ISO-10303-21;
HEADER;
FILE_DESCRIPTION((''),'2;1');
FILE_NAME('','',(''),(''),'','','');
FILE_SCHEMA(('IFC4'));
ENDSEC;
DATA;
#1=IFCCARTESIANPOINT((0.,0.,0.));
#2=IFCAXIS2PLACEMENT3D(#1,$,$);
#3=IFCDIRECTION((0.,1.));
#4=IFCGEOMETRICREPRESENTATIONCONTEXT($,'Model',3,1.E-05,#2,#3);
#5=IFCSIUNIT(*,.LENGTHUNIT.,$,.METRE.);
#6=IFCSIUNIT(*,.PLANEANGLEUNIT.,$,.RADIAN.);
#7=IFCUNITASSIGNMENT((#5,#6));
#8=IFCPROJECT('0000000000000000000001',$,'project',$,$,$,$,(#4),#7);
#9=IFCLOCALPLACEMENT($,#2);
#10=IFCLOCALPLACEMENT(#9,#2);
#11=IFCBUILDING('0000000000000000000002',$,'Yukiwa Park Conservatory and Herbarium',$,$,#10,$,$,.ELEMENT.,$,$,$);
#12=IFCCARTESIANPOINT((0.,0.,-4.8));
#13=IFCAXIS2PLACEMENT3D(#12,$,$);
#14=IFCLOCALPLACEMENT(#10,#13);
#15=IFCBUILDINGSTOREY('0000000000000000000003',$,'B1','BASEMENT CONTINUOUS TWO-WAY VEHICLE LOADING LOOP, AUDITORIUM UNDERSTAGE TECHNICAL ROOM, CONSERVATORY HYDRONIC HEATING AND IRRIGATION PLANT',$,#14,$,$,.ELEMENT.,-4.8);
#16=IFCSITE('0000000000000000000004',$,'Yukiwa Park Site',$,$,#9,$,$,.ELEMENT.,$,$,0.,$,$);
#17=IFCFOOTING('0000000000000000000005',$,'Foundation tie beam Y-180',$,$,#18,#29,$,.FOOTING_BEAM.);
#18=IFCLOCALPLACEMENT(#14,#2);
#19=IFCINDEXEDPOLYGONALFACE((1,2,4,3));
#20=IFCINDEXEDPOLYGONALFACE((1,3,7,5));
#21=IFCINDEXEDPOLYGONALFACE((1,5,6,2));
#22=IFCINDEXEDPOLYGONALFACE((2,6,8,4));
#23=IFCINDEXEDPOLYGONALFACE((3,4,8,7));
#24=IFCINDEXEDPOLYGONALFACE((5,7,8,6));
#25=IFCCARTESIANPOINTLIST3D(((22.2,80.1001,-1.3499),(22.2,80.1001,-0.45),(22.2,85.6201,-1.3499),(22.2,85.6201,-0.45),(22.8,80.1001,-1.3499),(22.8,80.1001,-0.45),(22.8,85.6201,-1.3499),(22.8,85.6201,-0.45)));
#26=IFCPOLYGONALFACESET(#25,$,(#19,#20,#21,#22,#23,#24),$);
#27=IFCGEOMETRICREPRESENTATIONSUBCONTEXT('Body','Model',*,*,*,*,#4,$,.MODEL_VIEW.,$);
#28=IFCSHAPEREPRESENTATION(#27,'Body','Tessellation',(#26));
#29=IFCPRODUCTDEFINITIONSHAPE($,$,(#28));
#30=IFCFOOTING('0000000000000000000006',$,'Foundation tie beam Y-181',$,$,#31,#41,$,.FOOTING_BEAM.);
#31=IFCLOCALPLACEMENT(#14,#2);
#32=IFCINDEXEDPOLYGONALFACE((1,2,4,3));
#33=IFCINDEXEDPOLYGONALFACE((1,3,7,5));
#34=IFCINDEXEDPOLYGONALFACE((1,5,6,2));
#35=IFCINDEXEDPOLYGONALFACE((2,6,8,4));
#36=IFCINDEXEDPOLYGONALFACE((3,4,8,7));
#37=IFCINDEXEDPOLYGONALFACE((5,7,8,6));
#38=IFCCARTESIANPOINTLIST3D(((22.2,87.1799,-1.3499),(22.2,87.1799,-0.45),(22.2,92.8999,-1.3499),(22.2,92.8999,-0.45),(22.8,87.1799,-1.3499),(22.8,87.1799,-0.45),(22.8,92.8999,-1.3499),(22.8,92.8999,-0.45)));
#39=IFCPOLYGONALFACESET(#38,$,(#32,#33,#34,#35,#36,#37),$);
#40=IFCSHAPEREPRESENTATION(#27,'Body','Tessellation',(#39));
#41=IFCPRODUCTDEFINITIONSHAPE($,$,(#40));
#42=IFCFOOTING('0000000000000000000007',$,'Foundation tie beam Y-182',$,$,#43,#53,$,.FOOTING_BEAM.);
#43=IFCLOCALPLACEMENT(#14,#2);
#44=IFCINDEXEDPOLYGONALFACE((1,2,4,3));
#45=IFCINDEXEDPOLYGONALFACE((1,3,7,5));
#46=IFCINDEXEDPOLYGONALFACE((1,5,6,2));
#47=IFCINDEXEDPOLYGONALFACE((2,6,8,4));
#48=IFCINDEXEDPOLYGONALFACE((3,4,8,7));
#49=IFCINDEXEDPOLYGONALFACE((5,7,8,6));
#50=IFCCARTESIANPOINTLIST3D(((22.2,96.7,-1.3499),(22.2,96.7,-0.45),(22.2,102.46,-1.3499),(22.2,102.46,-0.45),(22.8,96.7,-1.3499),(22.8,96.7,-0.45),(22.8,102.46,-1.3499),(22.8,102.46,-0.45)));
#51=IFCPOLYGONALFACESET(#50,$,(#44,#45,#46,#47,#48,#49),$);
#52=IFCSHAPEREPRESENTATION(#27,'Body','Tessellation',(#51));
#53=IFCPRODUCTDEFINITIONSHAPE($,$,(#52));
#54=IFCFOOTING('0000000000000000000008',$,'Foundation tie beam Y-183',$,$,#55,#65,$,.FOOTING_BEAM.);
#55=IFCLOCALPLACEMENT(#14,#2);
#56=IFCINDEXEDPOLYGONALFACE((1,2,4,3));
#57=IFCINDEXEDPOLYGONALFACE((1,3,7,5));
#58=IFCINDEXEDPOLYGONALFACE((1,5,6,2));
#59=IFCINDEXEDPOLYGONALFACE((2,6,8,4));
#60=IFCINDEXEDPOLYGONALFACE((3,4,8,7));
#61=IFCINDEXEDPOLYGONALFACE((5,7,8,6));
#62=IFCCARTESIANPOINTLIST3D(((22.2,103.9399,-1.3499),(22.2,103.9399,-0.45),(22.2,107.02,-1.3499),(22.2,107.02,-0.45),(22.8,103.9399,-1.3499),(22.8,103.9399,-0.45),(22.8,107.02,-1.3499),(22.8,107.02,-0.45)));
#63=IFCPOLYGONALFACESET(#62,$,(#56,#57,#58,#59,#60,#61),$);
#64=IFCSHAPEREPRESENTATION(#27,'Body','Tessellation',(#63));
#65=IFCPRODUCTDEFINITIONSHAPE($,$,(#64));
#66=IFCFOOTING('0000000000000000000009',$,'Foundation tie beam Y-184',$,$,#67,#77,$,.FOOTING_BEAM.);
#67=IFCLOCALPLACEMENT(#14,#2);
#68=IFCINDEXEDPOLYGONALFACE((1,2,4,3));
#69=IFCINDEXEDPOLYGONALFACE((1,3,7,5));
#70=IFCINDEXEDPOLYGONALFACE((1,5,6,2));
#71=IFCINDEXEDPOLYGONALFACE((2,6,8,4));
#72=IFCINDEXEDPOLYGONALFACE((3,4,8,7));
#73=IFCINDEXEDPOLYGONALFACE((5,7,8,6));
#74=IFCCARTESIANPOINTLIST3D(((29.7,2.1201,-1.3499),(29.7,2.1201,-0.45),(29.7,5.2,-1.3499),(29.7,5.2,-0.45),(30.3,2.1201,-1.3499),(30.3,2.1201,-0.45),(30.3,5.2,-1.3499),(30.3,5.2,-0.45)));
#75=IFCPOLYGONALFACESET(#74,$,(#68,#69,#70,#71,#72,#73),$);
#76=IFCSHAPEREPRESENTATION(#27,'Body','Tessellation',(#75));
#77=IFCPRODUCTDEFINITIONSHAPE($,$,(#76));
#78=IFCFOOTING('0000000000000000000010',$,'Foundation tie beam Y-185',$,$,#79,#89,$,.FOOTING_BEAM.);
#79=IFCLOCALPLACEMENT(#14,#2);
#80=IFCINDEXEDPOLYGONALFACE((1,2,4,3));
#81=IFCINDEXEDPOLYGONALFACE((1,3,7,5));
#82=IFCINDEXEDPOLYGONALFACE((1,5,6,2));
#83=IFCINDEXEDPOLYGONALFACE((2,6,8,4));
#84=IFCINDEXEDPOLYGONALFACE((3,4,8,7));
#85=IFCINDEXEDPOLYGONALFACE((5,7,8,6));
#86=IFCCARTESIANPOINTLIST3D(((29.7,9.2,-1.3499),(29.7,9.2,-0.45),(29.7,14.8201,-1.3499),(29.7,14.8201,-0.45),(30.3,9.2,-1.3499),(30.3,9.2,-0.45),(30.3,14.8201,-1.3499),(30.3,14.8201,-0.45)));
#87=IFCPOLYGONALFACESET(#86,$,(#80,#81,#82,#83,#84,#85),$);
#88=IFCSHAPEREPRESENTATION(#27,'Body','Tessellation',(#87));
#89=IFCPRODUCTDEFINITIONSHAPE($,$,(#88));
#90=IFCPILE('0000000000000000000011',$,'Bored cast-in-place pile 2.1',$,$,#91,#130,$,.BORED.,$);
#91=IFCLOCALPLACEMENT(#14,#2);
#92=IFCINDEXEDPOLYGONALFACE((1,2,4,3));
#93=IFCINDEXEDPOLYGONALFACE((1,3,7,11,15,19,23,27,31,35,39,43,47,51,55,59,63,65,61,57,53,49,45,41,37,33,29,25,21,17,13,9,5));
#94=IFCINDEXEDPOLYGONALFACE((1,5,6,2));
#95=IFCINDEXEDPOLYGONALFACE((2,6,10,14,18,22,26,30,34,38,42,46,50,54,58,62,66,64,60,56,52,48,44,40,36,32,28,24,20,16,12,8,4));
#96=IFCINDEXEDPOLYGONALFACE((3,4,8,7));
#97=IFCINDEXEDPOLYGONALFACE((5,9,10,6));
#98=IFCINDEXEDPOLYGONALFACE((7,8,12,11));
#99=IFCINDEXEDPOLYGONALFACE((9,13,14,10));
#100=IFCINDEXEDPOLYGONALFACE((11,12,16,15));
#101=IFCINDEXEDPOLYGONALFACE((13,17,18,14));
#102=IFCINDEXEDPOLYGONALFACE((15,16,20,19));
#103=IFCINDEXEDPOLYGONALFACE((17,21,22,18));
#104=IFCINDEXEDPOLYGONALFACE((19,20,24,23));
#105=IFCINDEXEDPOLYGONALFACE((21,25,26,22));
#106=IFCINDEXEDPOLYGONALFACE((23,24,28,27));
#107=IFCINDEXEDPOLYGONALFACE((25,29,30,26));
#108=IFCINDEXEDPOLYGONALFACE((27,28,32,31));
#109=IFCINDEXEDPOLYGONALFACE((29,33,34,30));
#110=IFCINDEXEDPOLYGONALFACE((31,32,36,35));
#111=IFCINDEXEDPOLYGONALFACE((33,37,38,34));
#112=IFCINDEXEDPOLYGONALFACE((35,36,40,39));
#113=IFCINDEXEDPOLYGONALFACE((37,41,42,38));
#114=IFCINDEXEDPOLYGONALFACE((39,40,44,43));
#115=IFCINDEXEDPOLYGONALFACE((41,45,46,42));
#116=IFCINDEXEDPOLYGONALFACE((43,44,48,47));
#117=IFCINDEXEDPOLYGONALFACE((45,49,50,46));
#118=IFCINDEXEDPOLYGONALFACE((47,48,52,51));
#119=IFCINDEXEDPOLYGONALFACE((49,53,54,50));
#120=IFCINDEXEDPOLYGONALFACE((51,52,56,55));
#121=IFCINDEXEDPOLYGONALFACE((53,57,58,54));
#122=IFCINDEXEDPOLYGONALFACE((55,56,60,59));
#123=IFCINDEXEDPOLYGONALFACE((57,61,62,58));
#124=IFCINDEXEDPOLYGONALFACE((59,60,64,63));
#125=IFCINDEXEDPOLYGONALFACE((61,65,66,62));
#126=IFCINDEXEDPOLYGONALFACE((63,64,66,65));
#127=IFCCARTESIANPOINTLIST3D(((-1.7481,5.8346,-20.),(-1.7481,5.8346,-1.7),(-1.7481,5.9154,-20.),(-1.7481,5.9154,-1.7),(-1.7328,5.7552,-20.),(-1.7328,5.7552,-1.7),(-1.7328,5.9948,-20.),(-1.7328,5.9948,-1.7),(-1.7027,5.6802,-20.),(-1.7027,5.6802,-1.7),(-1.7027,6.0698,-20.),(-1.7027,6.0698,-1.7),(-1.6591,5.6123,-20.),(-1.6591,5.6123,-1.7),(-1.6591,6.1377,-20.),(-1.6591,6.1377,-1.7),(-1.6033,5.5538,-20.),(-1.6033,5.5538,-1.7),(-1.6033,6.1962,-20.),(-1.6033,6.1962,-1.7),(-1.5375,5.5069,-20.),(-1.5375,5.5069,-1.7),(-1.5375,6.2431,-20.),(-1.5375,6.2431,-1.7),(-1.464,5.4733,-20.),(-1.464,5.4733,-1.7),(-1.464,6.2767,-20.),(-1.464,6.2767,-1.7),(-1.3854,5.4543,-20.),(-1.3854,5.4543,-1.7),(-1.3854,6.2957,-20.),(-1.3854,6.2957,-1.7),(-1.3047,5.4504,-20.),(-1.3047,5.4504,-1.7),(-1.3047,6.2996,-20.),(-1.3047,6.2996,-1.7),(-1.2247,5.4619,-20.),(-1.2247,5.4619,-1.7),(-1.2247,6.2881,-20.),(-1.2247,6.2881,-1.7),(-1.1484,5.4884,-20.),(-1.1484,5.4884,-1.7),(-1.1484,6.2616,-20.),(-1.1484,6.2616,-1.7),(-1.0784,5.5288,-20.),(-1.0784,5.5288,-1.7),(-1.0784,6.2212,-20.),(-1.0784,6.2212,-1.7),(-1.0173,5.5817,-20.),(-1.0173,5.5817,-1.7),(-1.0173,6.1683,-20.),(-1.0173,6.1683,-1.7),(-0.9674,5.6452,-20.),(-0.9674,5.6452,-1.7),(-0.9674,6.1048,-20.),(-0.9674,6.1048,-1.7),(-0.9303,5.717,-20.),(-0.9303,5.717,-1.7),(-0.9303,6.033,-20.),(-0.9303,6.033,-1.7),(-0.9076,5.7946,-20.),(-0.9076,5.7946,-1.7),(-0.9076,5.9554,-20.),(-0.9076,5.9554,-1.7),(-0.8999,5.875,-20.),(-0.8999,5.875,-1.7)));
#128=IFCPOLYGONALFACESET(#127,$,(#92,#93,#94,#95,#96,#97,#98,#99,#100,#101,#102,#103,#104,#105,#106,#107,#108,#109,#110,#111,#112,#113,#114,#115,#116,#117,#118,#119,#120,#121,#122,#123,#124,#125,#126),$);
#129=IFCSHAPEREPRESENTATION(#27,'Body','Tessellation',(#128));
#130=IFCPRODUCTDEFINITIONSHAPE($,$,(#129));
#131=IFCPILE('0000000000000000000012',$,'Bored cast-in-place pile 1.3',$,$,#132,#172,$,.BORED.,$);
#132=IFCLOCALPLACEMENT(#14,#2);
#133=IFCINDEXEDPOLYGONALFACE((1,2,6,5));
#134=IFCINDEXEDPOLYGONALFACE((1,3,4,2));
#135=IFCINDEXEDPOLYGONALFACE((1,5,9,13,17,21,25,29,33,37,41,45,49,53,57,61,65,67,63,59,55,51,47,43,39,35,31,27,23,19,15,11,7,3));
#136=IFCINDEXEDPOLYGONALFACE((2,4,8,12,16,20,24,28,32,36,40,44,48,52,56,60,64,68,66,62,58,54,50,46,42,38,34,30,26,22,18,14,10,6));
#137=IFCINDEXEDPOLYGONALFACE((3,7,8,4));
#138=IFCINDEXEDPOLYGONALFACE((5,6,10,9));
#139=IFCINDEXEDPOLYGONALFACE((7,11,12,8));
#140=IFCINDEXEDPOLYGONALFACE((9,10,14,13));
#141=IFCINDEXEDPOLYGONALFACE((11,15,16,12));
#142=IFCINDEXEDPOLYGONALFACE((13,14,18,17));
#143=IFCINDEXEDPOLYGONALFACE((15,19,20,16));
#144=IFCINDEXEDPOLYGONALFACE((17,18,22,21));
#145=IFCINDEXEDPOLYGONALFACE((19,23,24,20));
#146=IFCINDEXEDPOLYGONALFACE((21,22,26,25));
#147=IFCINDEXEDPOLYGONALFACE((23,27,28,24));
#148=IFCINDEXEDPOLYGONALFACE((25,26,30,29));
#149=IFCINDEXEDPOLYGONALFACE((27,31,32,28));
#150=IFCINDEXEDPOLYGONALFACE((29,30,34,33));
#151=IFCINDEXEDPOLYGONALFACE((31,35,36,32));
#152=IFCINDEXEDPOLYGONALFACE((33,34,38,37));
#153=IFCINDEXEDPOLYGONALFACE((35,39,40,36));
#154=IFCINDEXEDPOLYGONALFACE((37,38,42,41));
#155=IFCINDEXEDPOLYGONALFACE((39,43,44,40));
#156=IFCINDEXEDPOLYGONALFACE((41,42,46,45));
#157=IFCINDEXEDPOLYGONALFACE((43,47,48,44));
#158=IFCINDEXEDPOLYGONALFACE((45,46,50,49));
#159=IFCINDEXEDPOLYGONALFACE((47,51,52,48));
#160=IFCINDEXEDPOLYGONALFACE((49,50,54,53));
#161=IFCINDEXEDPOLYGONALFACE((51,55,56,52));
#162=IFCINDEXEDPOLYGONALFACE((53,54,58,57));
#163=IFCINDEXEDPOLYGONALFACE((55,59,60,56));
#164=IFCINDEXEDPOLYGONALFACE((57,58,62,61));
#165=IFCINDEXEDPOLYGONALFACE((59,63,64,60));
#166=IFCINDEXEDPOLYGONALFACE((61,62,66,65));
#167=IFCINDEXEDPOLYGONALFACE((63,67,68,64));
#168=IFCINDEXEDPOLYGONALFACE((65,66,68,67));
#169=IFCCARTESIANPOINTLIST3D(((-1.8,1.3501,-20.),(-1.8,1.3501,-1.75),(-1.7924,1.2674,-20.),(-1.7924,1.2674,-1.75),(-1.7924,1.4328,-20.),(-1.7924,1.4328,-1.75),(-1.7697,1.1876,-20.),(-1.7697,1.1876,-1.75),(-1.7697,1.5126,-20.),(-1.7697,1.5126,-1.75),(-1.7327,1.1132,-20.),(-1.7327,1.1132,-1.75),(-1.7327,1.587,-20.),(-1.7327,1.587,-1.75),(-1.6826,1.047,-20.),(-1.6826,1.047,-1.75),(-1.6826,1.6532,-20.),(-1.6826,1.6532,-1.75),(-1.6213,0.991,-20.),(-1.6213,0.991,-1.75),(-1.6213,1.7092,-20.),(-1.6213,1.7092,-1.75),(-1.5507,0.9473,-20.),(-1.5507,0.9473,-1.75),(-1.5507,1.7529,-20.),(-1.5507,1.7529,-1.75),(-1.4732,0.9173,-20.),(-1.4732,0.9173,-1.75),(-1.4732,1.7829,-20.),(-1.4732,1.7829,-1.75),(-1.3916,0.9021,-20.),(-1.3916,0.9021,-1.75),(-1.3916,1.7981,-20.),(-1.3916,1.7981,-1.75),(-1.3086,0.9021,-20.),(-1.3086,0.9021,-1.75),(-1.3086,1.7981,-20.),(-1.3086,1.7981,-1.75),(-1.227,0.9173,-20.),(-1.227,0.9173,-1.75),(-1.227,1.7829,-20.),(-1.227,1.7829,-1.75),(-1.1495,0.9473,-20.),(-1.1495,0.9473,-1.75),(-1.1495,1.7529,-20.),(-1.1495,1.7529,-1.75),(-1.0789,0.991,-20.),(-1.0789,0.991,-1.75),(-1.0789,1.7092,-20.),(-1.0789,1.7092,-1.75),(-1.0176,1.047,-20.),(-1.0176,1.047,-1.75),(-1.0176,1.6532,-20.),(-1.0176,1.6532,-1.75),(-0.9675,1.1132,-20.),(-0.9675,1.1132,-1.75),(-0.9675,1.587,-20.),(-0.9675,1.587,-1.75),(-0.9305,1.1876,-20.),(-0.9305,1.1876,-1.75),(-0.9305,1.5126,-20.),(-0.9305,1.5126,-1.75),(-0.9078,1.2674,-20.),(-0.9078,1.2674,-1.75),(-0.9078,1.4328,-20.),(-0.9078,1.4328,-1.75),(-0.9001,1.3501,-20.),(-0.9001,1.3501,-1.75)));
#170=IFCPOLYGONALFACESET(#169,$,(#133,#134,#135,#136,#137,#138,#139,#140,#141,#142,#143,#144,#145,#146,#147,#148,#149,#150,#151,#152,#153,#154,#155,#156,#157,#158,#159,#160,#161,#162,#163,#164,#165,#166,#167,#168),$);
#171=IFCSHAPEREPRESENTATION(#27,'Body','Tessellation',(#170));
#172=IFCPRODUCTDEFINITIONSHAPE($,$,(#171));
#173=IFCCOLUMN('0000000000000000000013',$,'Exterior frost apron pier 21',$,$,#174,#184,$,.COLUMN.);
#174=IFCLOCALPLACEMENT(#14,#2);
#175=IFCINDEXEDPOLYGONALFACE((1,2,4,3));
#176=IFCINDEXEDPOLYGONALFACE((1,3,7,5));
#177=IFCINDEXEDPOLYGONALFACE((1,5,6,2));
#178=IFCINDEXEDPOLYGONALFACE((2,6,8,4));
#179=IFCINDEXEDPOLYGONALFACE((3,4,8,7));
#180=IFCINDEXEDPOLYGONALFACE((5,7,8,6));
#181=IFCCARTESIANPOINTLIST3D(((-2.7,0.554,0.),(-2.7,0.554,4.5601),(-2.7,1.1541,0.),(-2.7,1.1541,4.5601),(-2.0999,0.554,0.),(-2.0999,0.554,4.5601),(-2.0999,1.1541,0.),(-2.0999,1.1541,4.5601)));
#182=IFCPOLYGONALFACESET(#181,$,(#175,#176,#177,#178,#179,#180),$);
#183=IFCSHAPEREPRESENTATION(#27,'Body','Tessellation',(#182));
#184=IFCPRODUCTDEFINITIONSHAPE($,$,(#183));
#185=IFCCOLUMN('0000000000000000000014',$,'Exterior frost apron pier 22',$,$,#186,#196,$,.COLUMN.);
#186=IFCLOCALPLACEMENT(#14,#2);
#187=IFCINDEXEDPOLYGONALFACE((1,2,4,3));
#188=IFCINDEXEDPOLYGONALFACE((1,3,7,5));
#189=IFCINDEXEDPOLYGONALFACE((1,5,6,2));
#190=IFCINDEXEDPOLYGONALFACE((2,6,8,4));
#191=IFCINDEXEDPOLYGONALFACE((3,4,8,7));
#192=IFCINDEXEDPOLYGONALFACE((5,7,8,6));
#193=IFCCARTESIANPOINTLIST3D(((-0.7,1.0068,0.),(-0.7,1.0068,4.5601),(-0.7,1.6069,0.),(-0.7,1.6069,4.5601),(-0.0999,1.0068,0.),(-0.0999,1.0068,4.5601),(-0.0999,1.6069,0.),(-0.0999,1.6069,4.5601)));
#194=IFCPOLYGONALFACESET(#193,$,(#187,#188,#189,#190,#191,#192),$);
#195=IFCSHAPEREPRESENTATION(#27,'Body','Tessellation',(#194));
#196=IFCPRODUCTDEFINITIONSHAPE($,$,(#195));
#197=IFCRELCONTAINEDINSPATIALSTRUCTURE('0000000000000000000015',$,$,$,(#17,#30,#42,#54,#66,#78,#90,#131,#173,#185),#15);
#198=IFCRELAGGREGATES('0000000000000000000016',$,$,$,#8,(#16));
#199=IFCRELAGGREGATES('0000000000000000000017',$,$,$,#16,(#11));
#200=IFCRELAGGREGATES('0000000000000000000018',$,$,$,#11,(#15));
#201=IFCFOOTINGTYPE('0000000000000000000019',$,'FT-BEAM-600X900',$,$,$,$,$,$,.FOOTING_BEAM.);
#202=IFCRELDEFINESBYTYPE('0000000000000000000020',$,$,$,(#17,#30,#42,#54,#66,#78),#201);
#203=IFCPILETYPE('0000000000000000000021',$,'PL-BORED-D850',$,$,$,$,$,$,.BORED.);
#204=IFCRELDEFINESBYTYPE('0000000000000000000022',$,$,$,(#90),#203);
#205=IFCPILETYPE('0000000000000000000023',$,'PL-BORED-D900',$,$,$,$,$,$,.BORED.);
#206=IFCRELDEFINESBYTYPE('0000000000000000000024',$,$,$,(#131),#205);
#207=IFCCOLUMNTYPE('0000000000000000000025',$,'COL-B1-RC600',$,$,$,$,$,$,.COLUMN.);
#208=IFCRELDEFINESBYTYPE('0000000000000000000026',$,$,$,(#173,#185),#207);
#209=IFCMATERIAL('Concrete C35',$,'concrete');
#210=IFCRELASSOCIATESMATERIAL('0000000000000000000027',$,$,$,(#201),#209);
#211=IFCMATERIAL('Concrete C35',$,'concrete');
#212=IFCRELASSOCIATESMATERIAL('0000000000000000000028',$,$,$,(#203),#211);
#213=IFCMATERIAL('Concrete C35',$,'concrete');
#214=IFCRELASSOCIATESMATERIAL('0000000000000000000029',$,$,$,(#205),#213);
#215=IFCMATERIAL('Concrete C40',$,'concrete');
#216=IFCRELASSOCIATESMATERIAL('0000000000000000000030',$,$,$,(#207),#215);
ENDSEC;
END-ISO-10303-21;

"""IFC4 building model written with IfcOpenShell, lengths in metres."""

from ifc_helpers import new_model, si_unit, direction, frame, origin, origin_2d, place, context, subcontext, project, spatial, polyline, rectangle, circle, outline, extrude, material, material_profile, profile_set, type_object, element, save


model = new_model("IFC4")

# Units and contexts
model_context = context("Model", 3, precision=1e-05, world=origin(), true_north=direction((0.0, 1.0)))
body_context = subcontext(model_context, "Body", "Model", "MODEL_VIEW")
ifc_project = project(units=[si_unit("LENGTHUNIT", "METRE"), si_unit("PLANEANGLEUNIT", "RADIAN")], contexts=[model_context])

# Site, building, storey
site_placement = place(None, origin())
site = spatial("IfcSite", under=ifc_project, at=site_placement, Name="Yukiwa Park Site", CompositionType="ELEMENT", RefElevation=0.0)
building_placement = place(site_placement, origin())
building = spatial("IfcBuilding", under=site, at=building_placement, Name="Yukiwa Park Conservatory and Herbarium", CompositionType="ELEMENT")
storey_placement = place(building_placement, frame((0.0, 0.0, -4.8)))
storey = spatial("IfcBuildingStorey", under=building, at=storey_placement, Name="B1", Description="BASEMENT CONTINUOUS TWO-WAY VEHICLE LOADING LOOP, AUDITORIUM UNDERSTAGE TECHNICAL ROOM, CONSERVATORY HYDRONIC HEATING AND IRRIGATION PLANT", CompositionType="ELEMENT", Elevation=-4.8)

# Footings
ifc_material_1 = material(Name="Concrete C35", Category="concrete")
footing_type = type_object("IfcFootingType", Name="FT-BEAM-600X900", PredefinedType="FOOTING_BEAM", material=ifc_material_1)
footing_1_placement = place(storey_placement, frame((0.0, 0.0, -1.3499)))
element("IfcFooting", 1, at=footing_1_placement, inside=storey, type_object=footing_type, Name="Foundation tie beam Y-180", PredefinedType="FOOTING_BEAM", context=body_context, shape_type="SweptSolid", body=[
    extrude(outline(polyline([(22.2, 80.1001), (22.8, 80.1001), (22.8, 85.6201), (22.2, 85.6201), (22.2, 80.1001)])), origin(), (0.0, 0.0, 1.0), 0.8999),
])
footing_2_placement = place(storey_placement, frame((0.0, 0.0, -1.3499)))
element("IfcFooting", 2, at=footing_2_placement, inside=storey, type_object=footing_type, Name="Foundation tie beam Y-181", PredefinedType="FOOTING_BEAM", context=body_context, shape_type="SweptSolid", body=[
    extrude(outline(polyline([(22.2, 87.1799), (22.8, 87.1799), (22.8, 92.8999), (22.2, 92.8999), (22.2, 87.1799)])), origin(), (0.0, 0.0, 1.0), 0.8999),
])
footing_3_placement = place(storey_placement, frame((0.0, 0.0, -1.3499)))
element("IfcFooting", 3, at=footing_3_placement, inside=storey, type_object=footing_type, Name="Foundation tie beam Y-182", PredefinedType="FOOTING_BEAM", context=body_context, shape_type="SweptSolid", body=[
    extrude(outline(polyline([(22.2, 96.7), (22.8, 96.7), (22.8, 102.46), (22.2, 102.46), (22.2, 96.7)])), origin(), (0.0, 0.0, 1.0), 0.8999),
])
footing_4_placement = place(storey_placement, frame((0.0, 0.0, -1.3499)))
element("IfcFooting", 4, at=footing_4_placement, inside=storey, type_object=footing_type, Name="Foundation tie beam Y-183", PredefinedType="FOOTING_BEAM", context=body_context, shape_type="SweptSolid", body=[
    extrude(outline(polyline([(22.2, 103.9399), (22.8, 103.9399), (22.8, 107.02), (22.2, 107.02), (22.2, 103.9399)])), origin(), (0.0, 0.0, 1.0), 0.8999),
])
footing_5_placement = place(storey_placement, frame((0.0, 0.0, -1.3499)))
element("IfcFooting", 5, at=footing_5_placement, inside=storey, type_object=footing_type, Name="Foundation tie beam Y-184", PredefinedType="FOOTING_BEAM", context=body_context, shape_type="SweptSolid", body=[
    extrude(outline(polyline([(29.7, 2.1201), (30.3, 2.1201), (30.3, 5.2), (29.7, 5.2), (29.7, 2.1201)])), origin(), (0.0, 0.0, 1.0), 0.8999),
])
footing_6_placement = place(storey_placement, frame((0.0, 0.0, -1.3499)))
element("IfcFooting", 6, at=footing_6_placement, inside=storey, type_object=footing_type, Name="Foundation tie beam Y-185", PredefinedType="FOOTING_BEAM", context=body_context, shape_type="SweptSolid", body=[
    extrude(outline(polyline([(29.7, 9.2), (30.3, 9.2), (30.3, 14.8201), (29.7, 14.8201), (29.7, 9.2)])), origin(), (0.0, 0.0, 1.0), 0.8999),
])

# Piles
ifc_material_2 = material(Name="Concrete C35", Category="concrete")
ifc_material_profile_1 = material_profile(ifc_material_2, circle(Radius=0.425, at=origin_2d()), Name="PILE D850")
ifc_profile_set_1 = profile_set([ifc_material_profile_1], Name="Concrete C35")
pile_type_1 = type_object("IfcPileType", Name="PL-BORED-D850", PredefinedType="BORED", material=ifc_profile_set_1)
pile_1_placement = place(storey_placement, frame((-1.325, 5.875, -1.7), z_axis=(0.0, 0.0, -1.0), x_axis=(1.0, 0.0, 0.0)))
element("IfcPile", 7, at=pile_1_placement, inside=storey, type_object=pile_type_1, Name="Bored cast-in-place pile 2.1", PredefinedType="BORED", context=body_context, shape_type="SweptSolid", body=[
    extrude(circle(Radius=0.425, at=origin_2d()), origin(), (0.0, 0.0, 1.0), 18.3),
])
ifc_material_3 = material(Name="Concrete C35", Category="concrete")
ifc_material_profile_2 = material_profile(ifc_material_3, circle(Radius=0.45, at=origin_2d()), Name="PILE D900")
ifc_profile_set_2 = profile_set([ifc_material_profile_2], Name="Concrete C35")
pile_type_2 = type_object("IfcPileType", Name="PL-BORED-D900", PredefinedType="BORED", material=ifc_profile_set_2)
pile_2_placement = place(storey_placement, frame((-1.3501, 1.3501, -1.75), z_axis=(0.0, 0.0, -1.0), x_axis=(1.0, 0.0, 0.0)))
element("IfcPile", 8, at=pile_2_placement, inside=storey, type_object=pile_type_2, Name="Bored cast-in-place pile 1.3", PredefinedType="BORED", context=body_context, shape_type="SweptSolid", body=[
    extrude(circle(Radius=0.45, at=origin_2d()), origin(), (0.0, 0.0, 1.0), 18.25),
])

# Columns
ifc_material_4 = material(Name="Concrete C40", Category="concrete")
ifc_material_profile_3 = material_profile(ifc_material_4, rectangle(XDim=0.6001, YDim=0.6001, at=origin_2d()), Name="RC 600x600")
ifc_profile_set_3 = profile_set([ifc_material_profile_3], Name="Concrete C40")
column_type = type_object("IfcColumnType", Name="COL-B1-RC600", PredefinedType="COLUMN", material=ifc_profile_set_3)
for number, where, z_axis, x_axis, name in (
    (9, (-2.3999, 0.854, 0.0), (0.0, 0.0, 1.0), (1.0, 0.0, 0.0), "Exterior frost apron pier 21"),
    (10, (-0.3999, 1.3069, 0.0), (0.0, 0.0, 1.0), (1.0, 0.0, 0.0), "Exterior frost apron pier 22"),
):
    element("IfcColumn", number, at=place(storey_placement, frame(where, z_axis=z_axis, x_axis=x_axis)), inside=storey, type_object=column_type, Name=name, PredefinedType="COLUMN", context=body_context, shape_type="SweptSolid", body=[
        extrude(rectangle(XDim=0.6001, YDim=0.6001, at=origin_2d()), origin(), (0.0, 0.0, 1.0), 4.5601),
    ])

save(model, "model.ifc")
